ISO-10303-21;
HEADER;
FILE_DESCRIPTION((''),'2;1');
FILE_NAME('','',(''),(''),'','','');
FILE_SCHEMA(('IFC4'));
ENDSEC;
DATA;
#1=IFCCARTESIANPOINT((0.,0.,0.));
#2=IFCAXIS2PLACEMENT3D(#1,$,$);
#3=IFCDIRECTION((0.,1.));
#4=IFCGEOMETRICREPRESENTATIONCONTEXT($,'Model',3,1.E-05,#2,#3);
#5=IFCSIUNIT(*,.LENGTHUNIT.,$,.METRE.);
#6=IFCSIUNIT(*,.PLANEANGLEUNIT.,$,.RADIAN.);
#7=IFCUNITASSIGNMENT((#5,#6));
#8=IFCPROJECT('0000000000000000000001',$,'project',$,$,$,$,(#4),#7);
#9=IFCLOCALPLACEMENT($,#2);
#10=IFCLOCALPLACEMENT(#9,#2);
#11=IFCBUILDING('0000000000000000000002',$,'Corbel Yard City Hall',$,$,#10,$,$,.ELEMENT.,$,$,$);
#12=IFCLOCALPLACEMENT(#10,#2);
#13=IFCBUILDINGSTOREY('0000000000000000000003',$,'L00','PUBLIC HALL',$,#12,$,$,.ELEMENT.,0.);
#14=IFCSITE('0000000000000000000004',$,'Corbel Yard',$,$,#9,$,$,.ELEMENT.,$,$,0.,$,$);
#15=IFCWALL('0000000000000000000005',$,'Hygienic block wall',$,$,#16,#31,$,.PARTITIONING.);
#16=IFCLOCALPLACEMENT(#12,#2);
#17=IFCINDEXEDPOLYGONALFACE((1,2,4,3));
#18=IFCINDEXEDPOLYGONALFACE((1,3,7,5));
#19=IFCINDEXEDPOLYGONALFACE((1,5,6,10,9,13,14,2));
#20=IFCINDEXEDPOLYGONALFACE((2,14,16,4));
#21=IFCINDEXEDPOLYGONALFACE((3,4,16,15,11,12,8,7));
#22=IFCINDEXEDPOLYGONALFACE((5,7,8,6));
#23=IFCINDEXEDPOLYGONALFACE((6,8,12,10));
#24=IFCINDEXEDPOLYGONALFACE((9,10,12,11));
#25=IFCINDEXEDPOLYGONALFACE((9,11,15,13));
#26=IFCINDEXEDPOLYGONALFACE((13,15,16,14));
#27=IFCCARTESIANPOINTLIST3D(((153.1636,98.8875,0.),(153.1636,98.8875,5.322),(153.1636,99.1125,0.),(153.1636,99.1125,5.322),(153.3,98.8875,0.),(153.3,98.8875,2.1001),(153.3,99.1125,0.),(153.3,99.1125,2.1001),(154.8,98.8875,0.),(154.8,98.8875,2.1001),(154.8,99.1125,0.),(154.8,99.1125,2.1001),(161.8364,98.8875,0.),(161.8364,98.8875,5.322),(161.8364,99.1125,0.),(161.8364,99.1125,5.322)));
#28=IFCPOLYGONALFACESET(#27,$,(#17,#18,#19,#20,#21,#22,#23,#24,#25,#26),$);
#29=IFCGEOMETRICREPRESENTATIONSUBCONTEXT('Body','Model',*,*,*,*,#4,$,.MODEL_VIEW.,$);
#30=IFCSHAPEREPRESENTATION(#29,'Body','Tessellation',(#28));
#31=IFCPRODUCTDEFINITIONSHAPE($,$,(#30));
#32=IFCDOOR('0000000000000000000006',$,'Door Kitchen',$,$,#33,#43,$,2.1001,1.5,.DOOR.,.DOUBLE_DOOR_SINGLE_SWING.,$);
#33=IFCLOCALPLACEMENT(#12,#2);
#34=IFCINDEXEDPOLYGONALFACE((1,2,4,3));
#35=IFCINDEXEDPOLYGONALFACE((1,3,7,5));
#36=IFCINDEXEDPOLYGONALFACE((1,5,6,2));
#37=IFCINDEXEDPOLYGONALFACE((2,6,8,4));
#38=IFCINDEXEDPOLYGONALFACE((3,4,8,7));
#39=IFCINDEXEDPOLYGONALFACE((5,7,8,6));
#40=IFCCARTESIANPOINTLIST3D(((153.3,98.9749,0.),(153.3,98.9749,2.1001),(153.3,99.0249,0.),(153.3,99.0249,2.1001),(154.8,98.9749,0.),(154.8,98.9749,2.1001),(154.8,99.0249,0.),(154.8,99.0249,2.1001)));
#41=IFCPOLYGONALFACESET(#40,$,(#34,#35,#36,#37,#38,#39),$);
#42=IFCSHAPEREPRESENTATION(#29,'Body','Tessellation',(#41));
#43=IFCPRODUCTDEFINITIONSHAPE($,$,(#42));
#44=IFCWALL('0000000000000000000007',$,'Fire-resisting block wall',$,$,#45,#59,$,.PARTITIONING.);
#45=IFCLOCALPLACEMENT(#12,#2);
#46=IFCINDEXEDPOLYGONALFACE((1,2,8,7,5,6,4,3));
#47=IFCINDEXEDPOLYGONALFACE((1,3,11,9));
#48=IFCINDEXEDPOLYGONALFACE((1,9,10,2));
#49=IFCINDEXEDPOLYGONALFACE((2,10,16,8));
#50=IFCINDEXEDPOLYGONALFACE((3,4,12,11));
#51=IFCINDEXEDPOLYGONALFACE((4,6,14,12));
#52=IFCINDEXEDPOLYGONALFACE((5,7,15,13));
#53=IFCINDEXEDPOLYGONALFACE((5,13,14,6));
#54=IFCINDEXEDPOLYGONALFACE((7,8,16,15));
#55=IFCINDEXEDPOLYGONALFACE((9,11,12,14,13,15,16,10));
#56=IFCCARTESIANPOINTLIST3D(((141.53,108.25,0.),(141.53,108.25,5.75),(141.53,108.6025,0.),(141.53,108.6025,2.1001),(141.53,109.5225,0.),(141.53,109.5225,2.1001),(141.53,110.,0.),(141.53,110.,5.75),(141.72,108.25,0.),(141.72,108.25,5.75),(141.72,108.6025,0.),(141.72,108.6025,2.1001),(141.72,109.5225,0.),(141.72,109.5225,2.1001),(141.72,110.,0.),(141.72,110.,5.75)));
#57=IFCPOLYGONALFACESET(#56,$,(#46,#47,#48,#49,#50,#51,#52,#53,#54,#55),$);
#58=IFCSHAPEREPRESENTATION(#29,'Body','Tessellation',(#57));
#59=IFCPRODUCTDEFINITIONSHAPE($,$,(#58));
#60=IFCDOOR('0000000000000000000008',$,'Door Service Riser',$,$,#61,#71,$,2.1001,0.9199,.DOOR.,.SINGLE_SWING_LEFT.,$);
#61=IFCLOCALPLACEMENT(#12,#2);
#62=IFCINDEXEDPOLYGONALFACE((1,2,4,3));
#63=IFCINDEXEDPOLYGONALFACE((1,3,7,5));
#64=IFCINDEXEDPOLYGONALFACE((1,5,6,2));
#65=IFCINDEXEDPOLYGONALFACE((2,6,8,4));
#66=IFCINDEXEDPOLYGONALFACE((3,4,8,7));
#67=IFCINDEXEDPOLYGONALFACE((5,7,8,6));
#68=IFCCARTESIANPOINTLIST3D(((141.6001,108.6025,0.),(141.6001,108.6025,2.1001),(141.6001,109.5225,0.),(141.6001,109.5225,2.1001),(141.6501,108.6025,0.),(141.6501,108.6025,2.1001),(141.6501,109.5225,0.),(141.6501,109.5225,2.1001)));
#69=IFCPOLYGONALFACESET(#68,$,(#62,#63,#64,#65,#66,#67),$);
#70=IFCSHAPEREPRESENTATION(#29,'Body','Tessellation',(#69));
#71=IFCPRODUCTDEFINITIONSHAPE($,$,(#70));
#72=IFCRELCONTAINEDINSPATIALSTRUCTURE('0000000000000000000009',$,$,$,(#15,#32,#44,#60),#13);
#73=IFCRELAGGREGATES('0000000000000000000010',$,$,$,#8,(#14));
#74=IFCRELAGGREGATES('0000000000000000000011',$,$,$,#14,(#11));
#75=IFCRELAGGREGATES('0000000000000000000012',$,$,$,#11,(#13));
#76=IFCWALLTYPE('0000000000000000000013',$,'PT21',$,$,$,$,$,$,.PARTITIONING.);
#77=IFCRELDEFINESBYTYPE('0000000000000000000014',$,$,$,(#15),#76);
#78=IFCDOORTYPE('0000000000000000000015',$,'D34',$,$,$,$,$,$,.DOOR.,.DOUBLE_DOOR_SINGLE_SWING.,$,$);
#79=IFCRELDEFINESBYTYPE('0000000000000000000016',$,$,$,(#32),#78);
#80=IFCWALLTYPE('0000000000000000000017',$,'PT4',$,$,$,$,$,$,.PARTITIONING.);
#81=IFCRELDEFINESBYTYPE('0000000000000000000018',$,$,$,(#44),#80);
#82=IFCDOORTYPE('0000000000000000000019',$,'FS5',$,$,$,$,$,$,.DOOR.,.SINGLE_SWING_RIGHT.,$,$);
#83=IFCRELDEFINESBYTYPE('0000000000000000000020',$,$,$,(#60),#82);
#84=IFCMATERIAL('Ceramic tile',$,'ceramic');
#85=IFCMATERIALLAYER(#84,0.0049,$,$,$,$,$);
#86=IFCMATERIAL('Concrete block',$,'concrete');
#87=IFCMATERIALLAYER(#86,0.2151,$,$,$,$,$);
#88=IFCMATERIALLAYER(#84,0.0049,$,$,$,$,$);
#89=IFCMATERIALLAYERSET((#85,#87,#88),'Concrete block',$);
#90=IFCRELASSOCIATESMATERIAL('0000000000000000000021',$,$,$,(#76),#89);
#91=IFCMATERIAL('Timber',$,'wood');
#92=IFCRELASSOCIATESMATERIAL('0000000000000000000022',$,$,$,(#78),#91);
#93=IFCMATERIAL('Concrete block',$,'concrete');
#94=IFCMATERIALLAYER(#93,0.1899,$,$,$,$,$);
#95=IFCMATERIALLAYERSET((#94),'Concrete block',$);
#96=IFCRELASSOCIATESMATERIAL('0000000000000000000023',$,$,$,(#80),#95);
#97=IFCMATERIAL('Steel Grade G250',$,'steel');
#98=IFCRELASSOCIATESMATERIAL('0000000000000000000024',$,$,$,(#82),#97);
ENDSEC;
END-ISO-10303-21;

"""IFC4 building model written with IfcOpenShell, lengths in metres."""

from ifc_helpers import new_model, si_unit, direction, frame, frame_2d, origin, place, context, subcontext, project, spatial, rectangle, extrude, material, layer, layer_set, type_object, element, fill, save


model = new_model("IFC4")

# Units and contexts
model_context = context("Model", 3, precision=1e-05, world=origin(), true_north=direction((0.0, 1.0)))
body_context = subcontext(model_context, "Body", "Model", "MODEL_VIEW")
ifc_project = project(units=[si_unit("LENGTHUNIT", "METRE"), si_unit("PLANEANGLEUNIT", "RADIAN")], contexts=[model_context])

# Site, building, storey
site_placement = place(None, origin())
site = spatial("IfcSite", under=ifc_project, at=site_placement, Name="Corbel Yard", CompositionType="ELEMENT", RefElevation=0.0)
building_placement = place(site_placement, origin())
building = spatial("IfcBuilding", under=site, at=building_placement, Name="Corbel Yard City Hall", CompositionType="ELEMENT")
storey_placement = place(building_placement, origin())
storey = spatial("IfcBuildingStorey", under=building, at=storey_placement, Name="L00", Description="PUBLIC HALL", CompositionType="ELEMENT", Elevation=0.0)

# Shared definitions
ifc_material_1 = material(Name="Steel Grade G250", Category="steel")

# Shared definitions
ifc_material_2 = material(Name="Ceramic tile", Category="ceramic")
ifc_layer_1 = layer(ifc_material_2, 0.0049)
ifc_material_3 = material(Name="Concrete block", Category="concrete")
ifc_layer_2 = layer(ifc_material_3, 0.2151)
ifc_layer_3 = layer(ifc_material_2, 0.0049)
ifc_layer_set_1 = layer_set([ifc_layer_1, ifc_layer_2, ifc_layer_3], Name="Concrete block")
wall_type_1 = type_object("IfcWallType", Name="PT21", PredefinedType="PARTITIONING", material=ifc_layer_set_1)

# Walls, openings, doors
wall_1_placement = place(storey_placement, frame((153.1636, 99.0, 0.0), z_axis=(0.0, 0.0, 1.0), x_axis=(1.0, 0.0, 0.0)))
wall_1 = element("IfcWall", 1, at=wall_1_placement, inside=storey, type_object=wall_type_1, Name="Hygienic block wall", PredefinedType="PARTITIONING", context=body_context, shape_type="SweptSolid", body=[
    extrude(rectangle(XDim=8.6729, YDim=0.2251, at=frame_2d((4.3364, 0.0))), origin(), (0.0, 0.0, 1.0), 5.322),
])
opening_1_placement = place(wall_1_placement, frame((0.1365, 0.0, 0.0)))
opening_1 = element("IfcOpeningElement", 2, at=opening_1_placement, cuts=wall_1, PredefinedType="OPENING", context=body_context, shape_type="SweptSolid", body=[
    extrude(rectangle(XDim=1.5, YDim=2.1001, at=frame_2d((0.75, 1.05))), frame((0.0, 0.1226, 0.0), z_axis=(0.0, -1.0, 0.0), x_axis=(1.0, 0.0, 0.0)), (0.0, 0.0, 1.0), 0.2451),
])
ifc_material_4 = material(Name="Timber", Category="wood")
door_type_1 = type_object("IfcDoorType", Name="D34", OperationType="DOUBLE_DOOR_SINGLE_SWING", PredefinedType="DOOR", material=ifc_material_4)
door_1_placement = place(opening_1_placement, origin())
door_1 = element("IfcDoor", 3, at=door_1_placement, inside=storey, type_object=door_type_1, Name="Door Kitchen", OperationType="DOUBLE_DOOR_SINGLE_SWING", OverallHeight=2.1001, OverallWidth=1.5, PredefinedType="DOOR", context=body_context, shape_type="SweptSolid", body=[
    extrude(rectangle(XDim=1.5, YDim=2.1001, at=frame_2d((0.75, 1.05))), frame((0.0, 0.0249, 0.0), z_axis=(0.0, -1.0, 0.0), x_axis=(1.0, 0.0, 0.0)), (0.0, 0.0, 1.0), 0.05),
])
fill(opening_1, door_1)
ifc_material_5 = material(Name="Concrete block", Category="concrete")
ifc_layer_4 = layer(ifc_material_5, 0.1899)
ifc_layer_set_2 = layer_set([ifc_layer_4], Name="Concrete block")
wall_type_2 = type_object("IfcWallType", Name="PT4", PredefinedType="PARTITIONING", material=ifc_layer_set_2)
wall_2_placement = place(storey_placement, frame((141.625, 108.25, 0.0), z_axis=(0.0, 0.0, 1.0), x_axis=(0.0, 1.0, 0.0)))
wall_2 = element("IfcWall", 4, at=wall_2_placement, inside=storey, type_object=wall_type_2, Name="Fire-resisting block wall", PredefinedType="PARTITIONING", context=body_context, shape_type="SweptSolid", body=[
    extrude(rectangle(XDim=1.75, YDim=0.1899, at=frame_2d((0.875, 0.0))), origin(), (0.0, 0.0, 1.0), 5.75),
])
opening_2_placement = place(wall_2_placement, frame((0.3525, 0.0, 0.0)))
opening_2 = element("IfcOpeningElement", 5, at=opening_2_placement, cuts=wall_2, PredefinedType="OPENING", context=body_context, shape_type="SweptSolid", body=[
    extrude(rectangle(XDim=0.9199, YDim=2.1001, at=frame_2d((0.46, 1.05))), frame((0.0, 0.105, 0.0), z_axis=(0.0, -1.0, 0.0), x_axis=(1.0, 0.0, 0.0)), (0.0, 0.0, 1.0), 0.21),
])
door_type_2 = type_object("IfcDoorType", Name="FS5", OperationType="SINGLE_SWING_RIGHT", PredefinedType="DOOR", material=ifc_material_1)
door_2_placement = place(opening_2_placement, origin())
door_2 = element("IfcDoor", 6, at=door_2_placement, inside=storey, type_object=door_type_2, Name="Door Service Riser", OperationType="SINGLE_SWING_LEFT", OverallHeight=2.1001, OverallWidth=0.9199, PredefinedType="DOOR", context=body_context, shape_type="SweptSolid", body=[
    extrude(rectangle(XDim=0.9199, YDim=2.1001, at=frame_2d((0.46, 1.05))), frame((0.0, 0.0249, 0.0), z_axis=(0.0, -1.0, 0.0), x_axis=(1.0, 0.0, 0.0)), (0.0, 0.0, 1.0), 0.05),
])
fill(opening_2, door_2)

save(model, "model.ifc")
